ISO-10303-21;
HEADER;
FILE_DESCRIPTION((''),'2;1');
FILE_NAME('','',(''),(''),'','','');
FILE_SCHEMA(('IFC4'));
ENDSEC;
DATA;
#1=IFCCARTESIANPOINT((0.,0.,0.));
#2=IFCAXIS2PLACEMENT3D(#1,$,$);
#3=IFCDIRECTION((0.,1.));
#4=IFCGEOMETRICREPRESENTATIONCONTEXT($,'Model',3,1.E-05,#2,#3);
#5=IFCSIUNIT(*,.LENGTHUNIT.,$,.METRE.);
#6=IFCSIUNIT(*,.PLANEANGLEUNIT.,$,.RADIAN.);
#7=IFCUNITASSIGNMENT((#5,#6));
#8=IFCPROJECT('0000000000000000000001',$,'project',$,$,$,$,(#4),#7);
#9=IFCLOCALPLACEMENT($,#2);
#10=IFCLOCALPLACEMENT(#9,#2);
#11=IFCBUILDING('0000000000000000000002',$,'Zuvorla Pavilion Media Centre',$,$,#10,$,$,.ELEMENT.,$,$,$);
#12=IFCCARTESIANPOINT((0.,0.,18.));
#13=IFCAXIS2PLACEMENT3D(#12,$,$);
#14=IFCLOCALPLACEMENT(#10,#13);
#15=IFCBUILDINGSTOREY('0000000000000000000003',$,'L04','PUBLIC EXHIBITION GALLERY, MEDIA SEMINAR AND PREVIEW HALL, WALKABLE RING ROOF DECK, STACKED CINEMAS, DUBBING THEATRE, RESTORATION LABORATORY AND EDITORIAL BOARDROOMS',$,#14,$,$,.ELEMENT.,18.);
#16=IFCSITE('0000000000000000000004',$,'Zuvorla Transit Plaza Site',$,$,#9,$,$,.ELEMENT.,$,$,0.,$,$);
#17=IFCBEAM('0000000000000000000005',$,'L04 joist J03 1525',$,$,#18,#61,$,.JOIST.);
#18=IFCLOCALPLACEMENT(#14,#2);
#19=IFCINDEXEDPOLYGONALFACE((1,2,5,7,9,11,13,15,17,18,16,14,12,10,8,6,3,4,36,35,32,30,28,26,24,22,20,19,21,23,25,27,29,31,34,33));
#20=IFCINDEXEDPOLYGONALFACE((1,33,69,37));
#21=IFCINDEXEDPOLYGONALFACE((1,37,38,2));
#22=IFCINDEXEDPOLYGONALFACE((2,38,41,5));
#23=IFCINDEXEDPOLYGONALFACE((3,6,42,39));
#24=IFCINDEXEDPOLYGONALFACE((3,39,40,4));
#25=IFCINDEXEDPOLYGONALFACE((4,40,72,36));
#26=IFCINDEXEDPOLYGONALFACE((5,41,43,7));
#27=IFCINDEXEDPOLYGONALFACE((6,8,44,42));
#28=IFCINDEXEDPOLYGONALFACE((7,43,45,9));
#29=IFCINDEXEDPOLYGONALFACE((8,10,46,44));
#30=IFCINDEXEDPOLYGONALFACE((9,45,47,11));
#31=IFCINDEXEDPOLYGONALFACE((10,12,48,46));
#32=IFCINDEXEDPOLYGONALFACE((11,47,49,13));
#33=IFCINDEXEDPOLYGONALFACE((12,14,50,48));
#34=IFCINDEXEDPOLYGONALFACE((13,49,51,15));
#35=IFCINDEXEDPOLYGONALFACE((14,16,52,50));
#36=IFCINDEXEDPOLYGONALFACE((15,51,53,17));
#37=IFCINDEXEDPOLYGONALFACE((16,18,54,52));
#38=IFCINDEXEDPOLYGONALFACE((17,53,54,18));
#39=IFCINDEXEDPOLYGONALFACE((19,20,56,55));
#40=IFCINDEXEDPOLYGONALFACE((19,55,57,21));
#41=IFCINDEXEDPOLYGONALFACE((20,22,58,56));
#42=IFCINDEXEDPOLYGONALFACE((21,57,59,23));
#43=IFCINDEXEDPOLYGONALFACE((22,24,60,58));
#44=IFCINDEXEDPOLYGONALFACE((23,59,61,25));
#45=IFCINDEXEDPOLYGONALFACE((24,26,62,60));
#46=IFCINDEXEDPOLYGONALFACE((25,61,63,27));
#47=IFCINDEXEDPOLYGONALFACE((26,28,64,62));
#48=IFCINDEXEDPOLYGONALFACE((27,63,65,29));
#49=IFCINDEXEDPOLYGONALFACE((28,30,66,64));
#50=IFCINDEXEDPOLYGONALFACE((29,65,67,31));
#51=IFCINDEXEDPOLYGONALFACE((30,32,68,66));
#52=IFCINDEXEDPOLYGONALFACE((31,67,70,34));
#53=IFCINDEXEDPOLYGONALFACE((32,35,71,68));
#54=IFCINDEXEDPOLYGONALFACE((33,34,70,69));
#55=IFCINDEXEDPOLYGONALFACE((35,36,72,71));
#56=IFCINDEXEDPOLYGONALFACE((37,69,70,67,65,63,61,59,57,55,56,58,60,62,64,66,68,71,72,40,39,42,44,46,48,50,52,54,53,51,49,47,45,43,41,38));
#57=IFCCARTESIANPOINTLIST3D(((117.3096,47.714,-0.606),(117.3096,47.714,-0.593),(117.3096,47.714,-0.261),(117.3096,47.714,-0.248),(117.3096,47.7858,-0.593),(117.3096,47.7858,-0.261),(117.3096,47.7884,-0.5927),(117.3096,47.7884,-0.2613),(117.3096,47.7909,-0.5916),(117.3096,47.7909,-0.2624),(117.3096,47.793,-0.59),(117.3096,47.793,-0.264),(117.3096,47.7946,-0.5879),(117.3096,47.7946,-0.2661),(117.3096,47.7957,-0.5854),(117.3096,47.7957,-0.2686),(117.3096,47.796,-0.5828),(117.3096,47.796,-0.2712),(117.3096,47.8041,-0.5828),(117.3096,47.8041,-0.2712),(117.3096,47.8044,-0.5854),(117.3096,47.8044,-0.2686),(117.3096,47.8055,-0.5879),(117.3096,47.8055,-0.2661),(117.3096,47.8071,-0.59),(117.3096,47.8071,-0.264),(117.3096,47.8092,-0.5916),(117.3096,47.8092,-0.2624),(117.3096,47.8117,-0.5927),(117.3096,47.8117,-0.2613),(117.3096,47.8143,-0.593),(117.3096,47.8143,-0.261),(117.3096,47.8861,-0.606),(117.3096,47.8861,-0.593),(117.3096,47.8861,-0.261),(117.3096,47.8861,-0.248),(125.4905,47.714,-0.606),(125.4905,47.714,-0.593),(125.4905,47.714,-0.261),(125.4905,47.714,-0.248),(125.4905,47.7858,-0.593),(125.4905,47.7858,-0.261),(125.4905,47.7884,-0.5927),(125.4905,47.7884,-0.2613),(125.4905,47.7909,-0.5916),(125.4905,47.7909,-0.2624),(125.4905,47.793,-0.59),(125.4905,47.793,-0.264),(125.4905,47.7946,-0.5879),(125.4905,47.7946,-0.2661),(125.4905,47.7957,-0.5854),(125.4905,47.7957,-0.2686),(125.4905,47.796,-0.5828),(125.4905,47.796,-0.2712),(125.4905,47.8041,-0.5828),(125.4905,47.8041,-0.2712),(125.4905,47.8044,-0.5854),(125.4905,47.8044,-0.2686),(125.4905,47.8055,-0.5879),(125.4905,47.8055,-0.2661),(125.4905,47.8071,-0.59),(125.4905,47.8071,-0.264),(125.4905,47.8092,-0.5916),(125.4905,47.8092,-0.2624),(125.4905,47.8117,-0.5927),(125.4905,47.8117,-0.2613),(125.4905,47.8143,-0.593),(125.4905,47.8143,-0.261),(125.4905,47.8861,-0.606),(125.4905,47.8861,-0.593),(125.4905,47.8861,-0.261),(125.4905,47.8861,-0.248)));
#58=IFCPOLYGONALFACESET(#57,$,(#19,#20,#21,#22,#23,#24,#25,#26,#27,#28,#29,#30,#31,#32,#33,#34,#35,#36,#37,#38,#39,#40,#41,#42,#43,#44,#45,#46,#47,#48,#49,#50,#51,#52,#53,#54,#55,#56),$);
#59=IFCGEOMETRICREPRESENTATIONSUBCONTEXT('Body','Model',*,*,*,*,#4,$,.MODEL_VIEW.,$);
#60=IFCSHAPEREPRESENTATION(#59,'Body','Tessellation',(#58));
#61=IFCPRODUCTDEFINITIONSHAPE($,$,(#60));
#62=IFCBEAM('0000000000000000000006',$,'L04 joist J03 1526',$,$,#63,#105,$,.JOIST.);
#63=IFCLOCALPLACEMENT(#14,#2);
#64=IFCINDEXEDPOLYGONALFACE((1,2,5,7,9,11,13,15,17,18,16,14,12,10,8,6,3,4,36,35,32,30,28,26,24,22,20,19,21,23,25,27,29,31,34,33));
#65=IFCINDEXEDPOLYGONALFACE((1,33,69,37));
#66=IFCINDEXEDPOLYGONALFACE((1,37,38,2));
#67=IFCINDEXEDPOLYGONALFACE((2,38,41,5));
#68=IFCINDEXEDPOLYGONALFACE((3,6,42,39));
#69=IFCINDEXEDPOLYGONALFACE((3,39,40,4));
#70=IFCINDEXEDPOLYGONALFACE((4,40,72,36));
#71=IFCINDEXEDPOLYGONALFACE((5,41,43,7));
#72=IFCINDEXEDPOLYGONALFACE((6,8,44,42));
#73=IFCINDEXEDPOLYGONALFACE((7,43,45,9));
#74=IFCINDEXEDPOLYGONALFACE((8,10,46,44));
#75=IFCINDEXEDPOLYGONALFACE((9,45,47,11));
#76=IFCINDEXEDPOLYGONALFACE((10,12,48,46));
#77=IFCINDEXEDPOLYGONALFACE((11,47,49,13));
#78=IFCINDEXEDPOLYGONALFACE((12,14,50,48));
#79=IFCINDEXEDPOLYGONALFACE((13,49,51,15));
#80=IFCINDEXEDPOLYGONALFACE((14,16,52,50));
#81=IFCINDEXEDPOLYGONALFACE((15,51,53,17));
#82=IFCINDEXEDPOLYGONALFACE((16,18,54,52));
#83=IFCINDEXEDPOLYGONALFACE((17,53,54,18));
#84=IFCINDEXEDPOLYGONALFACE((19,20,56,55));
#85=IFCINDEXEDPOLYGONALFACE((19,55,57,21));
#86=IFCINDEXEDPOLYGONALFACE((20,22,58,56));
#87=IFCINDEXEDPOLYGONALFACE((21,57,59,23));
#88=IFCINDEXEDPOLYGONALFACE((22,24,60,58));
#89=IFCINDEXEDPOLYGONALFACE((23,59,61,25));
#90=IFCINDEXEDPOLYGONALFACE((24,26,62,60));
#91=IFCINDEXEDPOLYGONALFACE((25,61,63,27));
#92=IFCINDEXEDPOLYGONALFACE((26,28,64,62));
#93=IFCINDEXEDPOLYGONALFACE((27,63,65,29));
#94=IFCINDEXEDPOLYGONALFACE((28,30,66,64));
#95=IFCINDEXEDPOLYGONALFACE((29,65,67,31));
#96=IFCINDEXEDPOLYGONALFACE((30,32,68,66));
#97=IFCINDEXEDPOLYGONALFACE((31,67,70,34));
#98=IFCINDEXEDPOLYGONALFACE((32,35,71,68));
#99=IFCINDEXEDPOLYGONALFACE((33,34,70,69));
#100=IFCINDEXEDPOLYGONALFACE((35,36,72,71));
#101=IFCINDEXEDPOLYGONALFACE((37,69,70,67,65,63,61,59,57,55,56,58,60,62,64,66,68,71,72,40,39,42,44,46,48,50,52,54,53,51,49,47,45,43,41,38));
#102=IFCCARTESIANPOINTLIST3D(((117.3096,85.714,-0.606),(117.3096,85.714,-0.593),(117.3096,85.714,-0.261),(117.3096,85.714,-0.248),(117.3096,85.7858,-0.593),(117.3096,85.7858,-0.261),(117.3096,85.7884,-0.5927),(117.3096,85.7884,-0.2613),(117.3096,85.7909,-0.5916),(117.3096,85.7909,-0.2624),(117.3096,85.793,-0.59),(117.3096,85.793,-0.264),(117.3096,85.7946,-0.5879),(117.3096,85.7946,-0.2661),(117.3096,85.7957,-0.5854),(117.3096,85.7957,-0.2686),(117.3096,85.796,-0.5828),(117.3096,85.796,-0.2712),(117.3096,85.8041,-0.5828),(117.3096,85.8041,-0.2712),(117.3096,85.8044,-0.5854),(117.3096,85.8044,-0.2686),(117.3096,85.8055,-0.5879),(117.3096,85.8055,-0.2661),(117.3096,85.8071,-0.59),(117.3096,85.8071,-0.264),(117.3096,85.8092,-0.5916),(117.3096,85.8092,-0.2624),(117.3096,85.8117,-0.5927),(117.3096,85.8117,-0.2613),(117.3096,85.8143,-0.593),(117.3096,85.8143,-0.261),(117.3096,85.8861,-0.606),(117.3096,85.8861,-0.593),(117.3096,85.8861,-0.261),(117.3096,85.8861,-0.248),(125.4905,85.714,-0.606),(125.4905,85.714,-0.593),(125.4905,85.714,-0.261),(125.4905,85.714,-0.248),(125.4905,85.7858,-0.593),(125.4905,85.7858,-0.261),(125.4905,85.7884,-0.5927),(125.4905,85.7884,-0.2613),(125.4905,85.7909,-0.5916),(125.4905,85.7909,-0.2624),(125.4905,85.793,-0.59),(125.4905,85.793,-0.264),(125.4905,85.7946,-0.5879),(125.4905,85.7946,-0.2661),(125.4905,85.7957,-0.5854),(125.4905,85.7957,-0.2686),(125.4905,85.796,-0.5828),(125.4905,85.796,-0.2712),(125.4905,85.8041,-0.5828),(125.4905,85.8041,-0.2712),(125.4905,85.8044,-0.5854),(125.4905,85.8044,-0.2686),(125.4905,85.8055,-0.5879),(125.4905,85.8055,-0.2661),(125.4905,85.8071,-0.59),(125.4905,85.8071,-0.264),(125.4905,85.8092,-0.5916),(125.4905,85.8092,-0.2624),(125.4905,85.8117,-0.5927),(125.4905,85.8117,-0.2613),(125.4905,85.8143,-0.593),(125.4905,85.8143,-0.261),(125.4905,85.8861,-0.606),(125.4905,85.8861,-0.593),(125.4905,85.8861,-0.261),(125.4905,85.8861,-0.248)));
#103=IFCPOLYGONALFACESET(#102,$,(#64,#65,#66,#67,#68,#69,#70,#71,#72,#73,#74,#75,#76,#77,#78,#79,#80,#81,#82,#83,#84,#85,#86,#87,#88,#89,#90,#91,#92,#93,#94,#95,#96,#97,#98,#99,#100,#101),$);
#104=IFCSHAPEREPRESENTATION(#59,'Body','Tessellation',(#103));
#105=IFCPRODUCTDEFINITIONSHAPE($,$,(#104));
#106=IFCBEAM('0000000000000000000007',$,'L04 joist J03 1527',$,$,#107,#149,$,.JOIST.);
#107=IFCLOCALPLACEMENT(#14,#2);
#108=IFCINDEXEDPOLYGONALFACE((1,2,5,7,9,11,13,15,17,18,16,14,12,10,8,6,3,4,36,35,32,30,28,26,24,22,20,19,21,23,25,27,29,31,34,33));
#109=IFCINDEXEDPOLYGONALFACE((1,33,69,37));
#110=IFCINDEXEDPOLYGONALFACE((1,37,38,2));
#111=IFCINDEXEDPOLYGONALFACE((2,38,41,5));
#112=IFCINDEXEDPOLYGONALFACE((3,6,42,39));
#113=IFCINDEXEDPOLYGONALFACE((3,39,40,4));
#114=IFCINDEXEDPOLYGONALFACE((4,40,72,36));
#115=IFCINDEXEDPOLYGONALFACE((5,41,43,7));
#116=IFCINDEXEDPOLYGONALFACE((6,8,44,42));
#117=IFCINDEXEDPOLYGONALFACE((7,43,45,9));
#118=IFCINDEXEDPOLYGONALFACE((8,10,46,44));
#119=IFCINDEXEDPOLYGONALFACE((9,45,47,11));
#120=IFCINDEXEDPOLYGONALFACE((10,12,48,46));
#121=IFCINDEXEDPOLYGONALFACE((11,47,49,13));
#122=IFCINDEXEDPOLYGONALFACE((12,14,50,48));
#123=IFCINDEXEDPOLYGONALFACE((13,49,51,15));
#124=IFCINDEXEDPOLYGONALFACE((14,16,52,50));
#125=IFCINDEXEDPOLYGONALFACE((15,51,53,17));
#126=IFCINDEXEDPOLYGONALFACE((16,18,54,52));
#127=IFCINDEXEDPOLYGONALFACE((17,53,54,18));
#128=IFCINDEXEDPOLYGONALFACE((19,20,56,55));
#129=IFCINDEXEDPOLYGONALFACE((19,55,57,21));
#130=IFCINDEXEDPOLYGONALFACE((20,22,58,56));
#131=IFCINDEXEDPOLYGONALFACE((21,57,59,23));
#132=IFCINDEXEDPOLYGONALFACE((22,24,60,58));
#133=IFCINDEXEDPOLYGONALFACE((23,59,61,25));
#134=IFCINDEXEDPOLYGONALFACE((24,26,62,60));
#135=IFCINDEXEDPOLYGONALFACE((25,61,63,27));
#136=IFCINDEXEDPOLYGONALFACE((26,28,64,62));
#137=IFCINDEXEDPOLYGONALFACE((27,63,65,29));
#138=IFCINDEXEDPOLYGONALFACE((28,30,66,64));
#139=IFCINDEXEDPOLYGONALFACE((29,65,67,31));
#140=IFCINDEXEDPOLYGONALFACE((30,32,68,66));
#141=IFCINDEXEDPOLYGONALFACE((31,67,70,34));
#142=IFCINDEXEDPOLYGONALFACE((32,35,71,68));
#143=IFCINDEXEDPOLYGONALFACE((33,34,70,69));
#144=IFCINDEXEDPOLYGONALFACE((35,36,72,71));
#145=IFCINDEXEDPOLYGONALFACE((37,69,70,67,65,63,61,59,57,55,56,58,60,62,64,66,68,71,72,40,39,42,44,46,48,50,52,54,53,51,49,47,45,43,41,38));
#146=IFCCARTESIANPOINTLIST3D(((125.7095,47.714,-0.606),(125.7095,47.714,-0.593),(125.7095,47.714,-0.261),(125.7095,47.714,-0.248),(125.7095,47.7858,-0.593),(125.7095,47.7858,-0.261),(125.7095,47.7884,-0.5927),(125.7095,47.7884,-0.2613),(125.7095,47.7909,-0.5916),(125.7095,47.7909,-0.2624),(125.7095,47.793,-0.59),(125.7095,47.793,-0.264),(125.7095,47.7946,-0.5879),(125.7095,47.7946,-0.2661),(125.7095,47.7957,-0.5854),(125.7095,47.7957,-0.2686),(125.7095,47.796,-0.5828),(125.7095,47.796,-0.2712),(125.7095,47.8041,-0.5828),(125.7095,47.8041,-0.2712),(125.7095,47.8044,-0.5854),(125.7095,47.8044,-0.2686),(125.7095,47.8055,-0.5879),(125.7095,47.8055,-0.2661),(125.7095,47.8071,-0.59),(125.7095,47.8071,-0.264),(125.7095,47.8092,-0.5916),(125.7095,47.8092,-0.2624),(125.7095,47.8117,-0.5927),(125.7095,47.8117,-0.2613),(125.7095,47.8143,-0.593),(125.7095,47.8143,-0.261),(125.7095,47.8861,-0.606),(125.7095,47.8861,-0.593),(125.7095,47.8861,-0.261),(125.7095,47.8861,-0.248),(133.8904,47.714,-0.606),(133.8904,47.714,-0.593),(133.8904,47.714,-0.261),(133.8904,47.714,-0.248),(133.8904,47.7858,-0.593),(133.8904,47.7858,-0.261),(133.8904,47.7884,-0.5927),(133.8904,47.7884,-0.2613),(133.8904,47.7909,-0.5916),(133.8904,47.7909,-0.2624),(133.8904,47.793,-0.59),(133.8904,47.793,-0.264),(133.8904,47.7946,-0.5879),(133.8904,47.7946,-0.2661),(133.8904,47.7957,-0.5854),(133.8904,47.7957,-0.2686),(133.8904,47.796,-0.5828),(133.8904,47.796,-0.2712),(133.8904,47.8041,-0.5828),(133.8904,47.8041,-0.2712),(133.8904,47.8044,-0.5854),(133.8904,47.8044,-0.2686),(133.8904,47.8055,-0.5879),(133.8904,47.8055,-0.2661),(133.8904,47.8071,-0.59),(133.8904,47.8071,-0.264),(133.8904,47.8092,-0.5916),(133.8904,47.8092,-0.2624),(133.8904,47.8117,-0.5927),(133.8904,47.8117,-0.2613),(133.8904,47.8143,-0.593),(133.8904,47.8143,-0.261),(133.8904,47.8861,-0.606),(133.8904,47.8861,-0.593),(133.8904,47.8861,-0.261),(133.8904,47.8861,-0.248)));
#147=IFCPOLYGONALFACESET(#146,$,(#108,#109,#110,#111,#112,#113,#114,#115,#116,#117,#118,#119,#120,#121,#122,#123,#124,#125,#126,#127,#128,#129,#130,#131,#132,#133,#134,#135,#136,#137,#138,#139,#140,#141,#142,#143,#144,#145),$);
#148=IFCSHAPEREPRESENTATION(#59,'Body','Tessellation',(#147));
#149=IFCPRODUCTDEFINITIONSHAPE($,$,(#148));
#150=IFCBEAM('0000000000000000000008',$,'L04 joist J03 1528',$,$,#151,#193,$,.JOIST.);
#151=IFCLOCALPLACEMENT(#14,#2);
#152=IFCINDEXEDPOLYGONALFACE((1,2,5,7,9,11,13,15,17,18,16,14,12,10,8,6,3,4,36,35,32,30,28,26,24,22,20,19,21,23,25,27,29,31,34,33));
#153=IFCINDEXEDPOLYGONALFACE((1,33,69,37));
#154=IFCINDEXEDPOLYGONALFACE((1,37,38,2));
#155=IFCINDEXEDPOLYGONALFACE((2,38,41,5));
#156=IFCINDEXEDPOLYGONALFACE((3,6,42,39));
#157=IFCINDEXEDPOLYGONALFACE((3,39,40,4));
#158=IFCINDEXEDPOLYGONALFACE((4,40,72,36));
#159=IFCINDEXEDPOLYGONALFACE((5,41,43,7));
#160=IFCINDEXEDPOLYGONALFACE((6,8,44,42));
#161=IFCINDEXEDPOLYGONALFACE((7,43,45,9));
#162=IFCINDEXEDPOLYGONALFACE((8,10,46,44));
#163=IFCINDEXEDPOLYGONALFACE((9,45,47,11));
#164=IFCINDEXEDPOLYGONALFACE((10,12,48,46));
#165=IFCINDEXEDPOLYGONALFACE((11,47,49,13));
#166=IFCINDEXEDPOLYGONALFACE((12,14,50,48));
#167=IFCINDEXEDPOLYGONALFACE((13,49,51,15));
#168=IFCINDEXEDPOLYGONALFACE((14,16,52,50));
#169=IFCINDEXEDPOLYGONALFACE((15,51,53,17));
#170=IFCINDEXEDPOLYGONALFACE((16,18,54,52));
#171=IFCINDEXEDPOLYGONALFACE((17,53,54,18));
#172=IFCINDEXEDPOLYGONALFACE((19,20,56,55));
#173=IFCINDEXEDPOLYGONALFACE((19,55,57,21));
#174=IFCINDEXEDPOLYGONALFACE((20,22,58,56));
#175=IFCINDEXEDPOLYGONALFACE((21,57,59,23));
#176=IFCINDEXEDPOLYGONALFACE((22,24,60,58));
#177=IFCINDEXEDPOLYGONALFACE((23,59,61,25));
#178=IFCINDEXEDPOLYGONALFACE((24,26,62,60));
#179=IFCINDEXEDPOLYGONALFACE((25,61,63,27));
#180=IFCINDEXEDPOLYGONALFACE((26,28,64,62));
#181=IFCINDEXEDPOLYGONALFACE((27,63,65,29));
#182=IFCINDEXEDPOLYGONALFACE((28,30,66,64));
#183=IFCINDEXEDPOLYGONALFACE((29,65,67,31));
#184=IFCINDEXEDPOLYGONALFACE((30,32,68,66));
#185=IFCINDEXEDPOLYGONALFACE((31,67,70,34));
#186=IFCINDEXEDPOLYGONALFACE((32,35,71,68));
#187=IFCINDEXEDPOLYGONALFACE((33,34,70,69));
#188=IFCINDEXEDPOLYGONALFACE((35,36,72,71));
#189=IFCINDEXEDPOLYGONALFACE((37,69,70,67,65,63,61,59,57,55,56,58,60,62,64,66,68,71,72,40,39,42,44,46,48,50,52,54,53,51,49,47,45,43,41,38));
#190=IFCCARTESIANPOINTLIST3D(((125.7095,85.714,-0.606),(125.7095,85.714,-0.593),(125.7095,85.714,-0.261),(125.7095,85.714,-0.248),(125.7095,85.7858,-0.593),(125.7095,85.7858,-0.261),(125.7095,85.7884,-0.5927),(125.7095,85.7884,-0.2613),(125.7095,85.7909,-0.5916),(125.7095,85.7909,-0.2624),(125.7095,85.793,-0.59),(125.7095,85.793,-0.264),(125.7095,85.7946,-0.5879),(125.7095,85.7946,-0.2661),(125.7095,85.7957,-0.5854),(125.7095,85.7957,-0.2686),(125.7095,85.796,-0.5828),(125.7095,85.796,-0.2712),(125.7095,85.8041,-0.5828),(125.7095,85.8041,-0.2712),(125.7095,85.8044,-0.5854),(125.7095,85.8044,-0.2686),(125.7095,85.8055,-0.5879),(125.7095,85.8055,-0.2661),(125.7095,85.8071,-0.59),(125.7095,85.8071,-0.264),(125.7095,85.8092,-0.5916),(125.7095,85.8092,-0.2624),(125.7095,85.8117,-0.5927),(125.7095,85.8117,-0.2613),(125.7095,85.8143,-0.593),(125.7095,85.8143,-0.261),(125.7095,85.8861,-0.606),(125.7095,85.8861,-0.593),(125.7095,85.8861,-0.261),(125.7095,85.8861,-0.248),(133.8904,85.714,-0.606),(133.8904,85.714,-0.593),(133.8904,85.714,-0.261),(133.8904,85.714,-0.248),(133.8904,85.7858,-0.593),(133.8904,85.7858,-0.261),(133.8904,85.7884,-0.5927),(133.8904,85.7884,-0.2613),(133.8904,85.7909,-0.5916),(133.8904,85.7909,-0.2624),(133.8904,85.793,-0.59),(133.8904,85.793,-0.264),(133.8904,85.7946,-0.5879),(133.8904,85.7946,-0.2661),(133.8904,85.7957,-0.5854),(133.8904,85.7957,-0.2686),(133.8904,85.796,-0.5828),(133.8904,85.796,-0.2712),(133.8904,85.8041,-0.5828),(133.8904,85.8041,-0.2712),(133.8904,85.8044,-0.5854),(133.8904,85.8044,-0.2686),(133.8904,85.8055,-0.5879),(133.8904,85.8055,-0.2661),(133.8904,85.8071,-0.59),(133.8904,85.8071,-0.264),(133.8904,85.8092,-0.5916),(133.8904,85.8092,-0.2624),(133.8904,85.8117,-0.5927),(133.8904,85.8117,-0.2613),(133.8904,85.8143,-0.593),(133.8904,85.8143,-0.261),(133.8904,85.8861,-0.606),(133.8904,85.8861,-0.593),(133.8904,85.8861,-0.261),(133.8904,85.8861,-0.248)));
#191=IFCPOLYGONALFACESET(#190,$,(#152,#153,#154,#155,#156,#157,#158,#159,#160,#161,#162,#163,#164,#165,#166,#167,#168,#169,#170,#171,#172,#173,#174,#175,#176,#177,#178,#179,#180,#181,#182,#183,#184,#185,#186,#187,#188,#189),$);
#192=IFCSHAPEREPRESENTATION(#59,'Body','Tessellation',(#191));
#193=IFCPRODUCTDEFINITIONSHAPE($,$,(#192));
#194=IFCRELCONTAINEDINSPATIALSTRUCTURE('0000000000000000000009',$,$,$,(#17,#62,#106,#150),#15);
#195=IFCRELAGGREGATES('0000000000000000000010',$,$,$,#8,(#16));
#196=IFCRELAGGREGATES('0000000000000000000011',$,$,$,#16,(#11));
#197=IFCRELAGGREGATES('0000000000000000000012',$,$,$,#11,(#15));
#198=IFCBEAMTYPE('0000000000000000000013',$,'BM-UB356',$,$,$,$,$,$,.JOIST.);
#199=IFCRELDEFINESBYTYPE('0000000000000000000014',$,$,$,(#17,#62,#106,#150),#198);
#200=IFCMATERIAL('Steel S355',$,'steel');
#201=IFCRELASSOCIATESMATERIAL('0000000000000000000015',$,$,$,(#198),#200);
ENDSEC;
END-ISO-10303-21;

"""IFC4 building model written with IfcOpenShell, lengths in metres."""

from ifc_helpers import new_model, si_unit, direction, frame, origin, origin_2d, place, context, subcontext, project, spatial, i_section, extrude, material, material_profile, profile_set, type_object, element, save


model = new_model("IFC4")

# Units and contexts
model_context = context("Model", 3, precision=1e-05, world=origin(), true_north=direction((0.0, 1.0)))
body_context = subcontext(model_context, "Body", "Model", "MODEL_VIEW")
ifc_project = project(units=[si_unit("LENGTHUNIT", "METRE"), si_unit("PLANEANGLEUNIT", "RADIAN")], contexts=[model_context])

# Site, building, storey
site_placement = place(None, origin())
site = spatial("IfcSite", under=ifc_project, at=site_placement, Name="Zuvorla Transit Plaza Site", CompositionType="ELEMENT", RefElevation=0.0)
building_placement = place(site_placement, origin())
building = spatial("IfcBuilding", under=site, at=building_placement, Name="Zuvorla Pavilion Media Centre", CompositionType="ELEMENT")
storey_placement = place(building_placement, frame((0.0, 0.0, 18.0)))
storey = spatial("IfcBuildingStorey", under=building, at=storey_placement, Name="L04", Description="PUBLIC EXHIBITION GALLERY, MEDIA SEMINAR AND PREVIEW HALL, WALKABLE RING ROOF DECK, STACKED CINEMAS, DUBBING THEATRE, RESTORATION LABORATORY AND EDITORIAL BOARDROOMS", CompositionType="ELEMENT", Elevation=18.0)

# Beams
ifc_material_1 = material(Name="Steel S355", Category="steel")
ifc_material_profile_1 = material_profile(ifc_material_1, i_section(OverallWidth=0.1721, OverallDepth=0.3579, WebThickness=0.0081, FlangeThickness=0.0129, FilletRadius=0.0103, at=origin_2d()), Name="UB 356x171x57")
ifc_profile_set_1 = profile_set([ifc_material_profile_1], Name="Steel S355")
beam_type_1 = type_object("IfcBeamType", Name="BM-UB356", PredefinedType="JOIST", material=ifc_profile_set_1)
for number, where, z_axis, x_axis, name in (
    (1, (117.3096, 47.8, -0.427), (1.0, 0.0, 0.0), (0.0, 1.0, 0.0), "L04 joist J03 1525"),
    (2, (117.3096, 85.8, -0.427), (1.0, 0.0, 0.0), (0.0, 1.0, 0.0), "L04 joist J03 1526"),
    (3, (125.7095, 47.8, -0.427), (1.0, 0.0, 0.0), (0.0, 1.0, 0.0), "L04 joist J03 1527"),
    (4, (125.7095, 85.8, -0.427), (1.0, 0.0, 0.0), (0.0, 1.0, 0.0), "L04 joist J03 1528"),
):
    element("IfcBeam", number, at=place(storey_placement, frame(where, z_axis=z_axis, x_axis=x_axis)), inside=storey, type_object=beam_type_1, Name=name, PredefinedType="JOIST", context=body_context, shape_type="SweptSolid", body=[
        extrude(i_section(OverallWidth=0.1721, OverallDepth=0.3579, WebThickness=0.0081, FlangeThickness=0.0129, FilletRadius=0.0103, at=origin_2d()), origin(), (0.0, 0.0, 1.0), 8.1809),
    ])

save(model, "model.ifc")
